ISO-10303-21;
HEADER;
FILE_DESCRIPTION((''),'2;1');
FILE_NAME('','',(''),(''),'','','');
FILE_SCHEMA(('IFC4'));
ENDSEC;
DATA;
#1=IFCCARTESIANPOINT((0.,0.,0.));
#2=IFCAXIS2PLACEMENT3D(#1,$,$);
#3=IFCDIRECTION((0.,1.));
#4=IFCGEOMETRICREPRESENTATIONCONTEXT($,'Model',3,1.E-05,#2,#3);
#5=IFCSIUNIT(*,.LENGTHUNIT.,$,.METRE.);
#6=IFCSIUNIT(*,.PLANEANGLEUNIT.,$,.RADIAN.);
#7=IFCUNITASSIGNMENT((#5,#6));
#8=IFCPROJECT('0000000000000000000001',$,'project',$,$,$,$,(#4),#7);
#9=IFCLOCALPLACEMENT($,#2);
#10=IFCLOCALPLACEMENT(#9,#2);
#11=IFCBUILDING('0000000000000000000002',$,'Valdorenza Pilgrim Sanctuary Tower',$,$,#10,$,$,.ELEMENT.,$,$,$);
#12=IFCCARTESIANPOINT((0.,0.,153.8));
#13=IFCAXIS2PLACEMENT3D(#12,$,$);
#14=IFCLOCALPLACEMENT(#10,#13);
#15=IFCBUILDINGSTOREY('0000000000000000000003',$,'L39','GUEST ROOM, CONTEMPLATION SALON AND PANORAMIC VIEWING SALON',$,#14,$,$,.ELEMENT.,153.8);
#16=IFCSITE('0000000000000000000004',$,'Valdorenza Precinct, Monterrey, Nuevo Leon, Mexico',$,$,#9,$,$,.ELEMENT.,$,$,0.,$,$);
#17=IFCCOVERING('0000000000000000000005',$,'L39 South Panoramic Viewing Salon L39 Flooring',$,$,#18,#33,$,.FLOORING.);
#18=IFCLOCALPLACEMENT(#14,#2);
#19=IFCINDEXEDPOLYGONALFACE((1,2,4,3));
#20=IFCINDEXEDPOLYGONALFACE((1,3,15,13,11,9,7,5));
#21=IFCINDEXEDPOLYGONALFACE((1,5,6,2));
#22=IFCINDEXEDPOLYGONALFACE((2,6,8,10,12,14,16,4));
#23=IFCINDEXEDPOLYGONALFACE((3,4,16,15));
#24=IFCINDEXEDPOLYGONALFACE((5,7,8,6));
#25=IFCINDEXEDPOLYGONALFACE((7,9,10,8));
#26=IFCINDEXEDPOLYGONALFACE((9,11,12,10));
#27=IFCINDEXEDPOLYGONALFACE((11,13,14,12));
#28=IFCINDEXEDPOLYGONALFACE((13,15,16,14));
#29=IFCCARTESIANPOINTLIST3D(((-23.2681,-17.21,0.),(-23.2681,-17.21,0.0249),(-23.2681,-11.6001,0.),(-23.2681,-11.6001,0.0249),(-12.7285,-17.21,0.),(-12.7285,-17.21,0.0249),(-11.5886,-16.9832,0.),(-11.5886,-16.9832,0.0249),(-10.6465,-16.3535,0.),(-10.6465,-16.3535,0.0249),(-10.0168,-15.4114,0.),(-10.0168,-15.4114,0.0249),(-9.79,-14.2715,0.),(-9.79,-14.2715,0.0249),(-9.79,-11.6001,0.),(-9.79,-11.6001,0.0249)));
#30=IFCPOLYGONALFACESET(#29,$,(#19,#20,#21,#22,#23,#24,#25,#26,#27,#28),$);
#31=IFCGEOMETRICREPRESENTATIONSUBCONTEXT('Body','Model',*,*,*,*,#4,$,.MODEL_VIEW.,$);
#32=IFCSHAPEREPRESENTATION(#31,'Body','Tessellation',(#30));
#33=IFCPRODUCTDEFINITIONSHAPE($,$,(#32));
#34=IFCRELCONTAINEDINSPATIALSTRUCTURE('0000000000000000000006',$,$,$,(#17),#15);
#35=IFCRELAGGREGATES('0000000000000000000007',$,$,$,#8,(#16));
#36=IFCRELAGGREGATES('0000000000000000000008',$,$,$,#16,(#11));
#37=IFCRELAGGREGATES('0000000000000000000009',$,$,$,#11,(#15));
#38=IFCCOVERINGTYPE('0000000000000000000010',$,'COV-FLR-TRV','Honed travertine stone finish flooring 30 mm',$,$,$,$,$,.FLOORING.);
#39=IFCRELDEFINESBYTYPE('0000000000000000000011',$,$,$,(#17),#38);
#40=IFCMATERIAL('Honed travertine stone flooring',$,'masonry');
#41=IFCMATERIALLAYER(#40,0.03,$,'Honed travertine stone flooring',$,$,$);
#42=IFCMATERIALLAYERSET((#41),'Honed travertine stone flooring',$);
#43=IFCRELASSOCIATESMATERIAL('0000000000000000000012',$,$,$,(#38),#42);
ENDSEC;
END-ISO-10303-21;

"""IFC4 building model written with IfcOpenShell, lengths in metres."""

from ifc_helpers import new_model, si_unit, direction, frame, origin, place, context, subcontext, project, spatial, polyline, outline, extrude, material, layer, layer_set, type_object, element, save


model = new_model("IFC4")

# Units and contexts
model_context = context("Model", 3, precision=1e-05, world=origin(), true_north=direction((0.0, 1.0)))
body_context = subcontext(model_context, "Body", "Model", "MODEL_VIEW")
ifc_project = project(units=[si_unit("LENGTHUNIT", "METRE"), si_unit("PLANEANGLEUNIT", "RADIAN")], contexts=[model_context])

# Site, building, storey
site_placement = place(None, origin())
site = spatial("IfcSite", under=ifc_project, at=site_placement, Name="Valdorenza Precinct, Monterrey, Nuevo Leon, Mexico", CompositionType="ELEMENT", RefElevation=0.0)
building_placement = place(site_placement, origin())
building = spatial("IfcBuilding", under=site, at=building_placement, Name="Valdorenza Pilgrim Sanctuary Tower", CompositionType="ELEMENT")
storey_placement = place(building_placement, frame((0.0, 0.0, 153.8)))
storey = spatial("IfcBuildingStorey", under=building, at=storey_placement, Name="L39", Description="GUEST ROOM, CONTEMPLATION SALON AND PANORAMIC VIEWING SALON", CompositionType="ELEMENT", Elevation=153.8)

# Covering
ifc_material_1 = material(Name="Honed travertine stone flooring", Category="masonry")
ifc_layer_1 = layer(ifc_material_1, 0.03, Name="Honed travertine stone flooring")
ifc_layer_set_1 = layer_set([ifc_layer_1], Name="Honed travertine stone flooring")
covering_type_1 = type_object("IfcCoveringType", Name="COV-FLR-TRV", Description="Honed travertine stone finish flooring 30 mm", PredefinedType="FLOORING", material=ifc_layer_set_1)
covering_1_placement = place(storey_placement, origin())
element("IfcCovering", 1, at=covering_1_placement, inside=storey, type_object=covering_type_1, Name="L39 South Panoramic Viewing Salon L39 Flooring", PredefinedType="FLOORING", context=body_context, shape_type="SweptSolid", body=[
    extrude(outline(polyline([(-9.79, -11.6001), (-9.79, -14.2715), (-10.0168, -15.4114), (-10.6465, -16.3535), (-11.5886, -16.9832), (-12.7285, -17.21), (-23.2681, -17.21), (-23.2681, -11.6001), (-9.79, -11.6001)])), origin(), (0.0, 0.0, 1.0), 0.0249),
])

save(model, "model.ifc")
